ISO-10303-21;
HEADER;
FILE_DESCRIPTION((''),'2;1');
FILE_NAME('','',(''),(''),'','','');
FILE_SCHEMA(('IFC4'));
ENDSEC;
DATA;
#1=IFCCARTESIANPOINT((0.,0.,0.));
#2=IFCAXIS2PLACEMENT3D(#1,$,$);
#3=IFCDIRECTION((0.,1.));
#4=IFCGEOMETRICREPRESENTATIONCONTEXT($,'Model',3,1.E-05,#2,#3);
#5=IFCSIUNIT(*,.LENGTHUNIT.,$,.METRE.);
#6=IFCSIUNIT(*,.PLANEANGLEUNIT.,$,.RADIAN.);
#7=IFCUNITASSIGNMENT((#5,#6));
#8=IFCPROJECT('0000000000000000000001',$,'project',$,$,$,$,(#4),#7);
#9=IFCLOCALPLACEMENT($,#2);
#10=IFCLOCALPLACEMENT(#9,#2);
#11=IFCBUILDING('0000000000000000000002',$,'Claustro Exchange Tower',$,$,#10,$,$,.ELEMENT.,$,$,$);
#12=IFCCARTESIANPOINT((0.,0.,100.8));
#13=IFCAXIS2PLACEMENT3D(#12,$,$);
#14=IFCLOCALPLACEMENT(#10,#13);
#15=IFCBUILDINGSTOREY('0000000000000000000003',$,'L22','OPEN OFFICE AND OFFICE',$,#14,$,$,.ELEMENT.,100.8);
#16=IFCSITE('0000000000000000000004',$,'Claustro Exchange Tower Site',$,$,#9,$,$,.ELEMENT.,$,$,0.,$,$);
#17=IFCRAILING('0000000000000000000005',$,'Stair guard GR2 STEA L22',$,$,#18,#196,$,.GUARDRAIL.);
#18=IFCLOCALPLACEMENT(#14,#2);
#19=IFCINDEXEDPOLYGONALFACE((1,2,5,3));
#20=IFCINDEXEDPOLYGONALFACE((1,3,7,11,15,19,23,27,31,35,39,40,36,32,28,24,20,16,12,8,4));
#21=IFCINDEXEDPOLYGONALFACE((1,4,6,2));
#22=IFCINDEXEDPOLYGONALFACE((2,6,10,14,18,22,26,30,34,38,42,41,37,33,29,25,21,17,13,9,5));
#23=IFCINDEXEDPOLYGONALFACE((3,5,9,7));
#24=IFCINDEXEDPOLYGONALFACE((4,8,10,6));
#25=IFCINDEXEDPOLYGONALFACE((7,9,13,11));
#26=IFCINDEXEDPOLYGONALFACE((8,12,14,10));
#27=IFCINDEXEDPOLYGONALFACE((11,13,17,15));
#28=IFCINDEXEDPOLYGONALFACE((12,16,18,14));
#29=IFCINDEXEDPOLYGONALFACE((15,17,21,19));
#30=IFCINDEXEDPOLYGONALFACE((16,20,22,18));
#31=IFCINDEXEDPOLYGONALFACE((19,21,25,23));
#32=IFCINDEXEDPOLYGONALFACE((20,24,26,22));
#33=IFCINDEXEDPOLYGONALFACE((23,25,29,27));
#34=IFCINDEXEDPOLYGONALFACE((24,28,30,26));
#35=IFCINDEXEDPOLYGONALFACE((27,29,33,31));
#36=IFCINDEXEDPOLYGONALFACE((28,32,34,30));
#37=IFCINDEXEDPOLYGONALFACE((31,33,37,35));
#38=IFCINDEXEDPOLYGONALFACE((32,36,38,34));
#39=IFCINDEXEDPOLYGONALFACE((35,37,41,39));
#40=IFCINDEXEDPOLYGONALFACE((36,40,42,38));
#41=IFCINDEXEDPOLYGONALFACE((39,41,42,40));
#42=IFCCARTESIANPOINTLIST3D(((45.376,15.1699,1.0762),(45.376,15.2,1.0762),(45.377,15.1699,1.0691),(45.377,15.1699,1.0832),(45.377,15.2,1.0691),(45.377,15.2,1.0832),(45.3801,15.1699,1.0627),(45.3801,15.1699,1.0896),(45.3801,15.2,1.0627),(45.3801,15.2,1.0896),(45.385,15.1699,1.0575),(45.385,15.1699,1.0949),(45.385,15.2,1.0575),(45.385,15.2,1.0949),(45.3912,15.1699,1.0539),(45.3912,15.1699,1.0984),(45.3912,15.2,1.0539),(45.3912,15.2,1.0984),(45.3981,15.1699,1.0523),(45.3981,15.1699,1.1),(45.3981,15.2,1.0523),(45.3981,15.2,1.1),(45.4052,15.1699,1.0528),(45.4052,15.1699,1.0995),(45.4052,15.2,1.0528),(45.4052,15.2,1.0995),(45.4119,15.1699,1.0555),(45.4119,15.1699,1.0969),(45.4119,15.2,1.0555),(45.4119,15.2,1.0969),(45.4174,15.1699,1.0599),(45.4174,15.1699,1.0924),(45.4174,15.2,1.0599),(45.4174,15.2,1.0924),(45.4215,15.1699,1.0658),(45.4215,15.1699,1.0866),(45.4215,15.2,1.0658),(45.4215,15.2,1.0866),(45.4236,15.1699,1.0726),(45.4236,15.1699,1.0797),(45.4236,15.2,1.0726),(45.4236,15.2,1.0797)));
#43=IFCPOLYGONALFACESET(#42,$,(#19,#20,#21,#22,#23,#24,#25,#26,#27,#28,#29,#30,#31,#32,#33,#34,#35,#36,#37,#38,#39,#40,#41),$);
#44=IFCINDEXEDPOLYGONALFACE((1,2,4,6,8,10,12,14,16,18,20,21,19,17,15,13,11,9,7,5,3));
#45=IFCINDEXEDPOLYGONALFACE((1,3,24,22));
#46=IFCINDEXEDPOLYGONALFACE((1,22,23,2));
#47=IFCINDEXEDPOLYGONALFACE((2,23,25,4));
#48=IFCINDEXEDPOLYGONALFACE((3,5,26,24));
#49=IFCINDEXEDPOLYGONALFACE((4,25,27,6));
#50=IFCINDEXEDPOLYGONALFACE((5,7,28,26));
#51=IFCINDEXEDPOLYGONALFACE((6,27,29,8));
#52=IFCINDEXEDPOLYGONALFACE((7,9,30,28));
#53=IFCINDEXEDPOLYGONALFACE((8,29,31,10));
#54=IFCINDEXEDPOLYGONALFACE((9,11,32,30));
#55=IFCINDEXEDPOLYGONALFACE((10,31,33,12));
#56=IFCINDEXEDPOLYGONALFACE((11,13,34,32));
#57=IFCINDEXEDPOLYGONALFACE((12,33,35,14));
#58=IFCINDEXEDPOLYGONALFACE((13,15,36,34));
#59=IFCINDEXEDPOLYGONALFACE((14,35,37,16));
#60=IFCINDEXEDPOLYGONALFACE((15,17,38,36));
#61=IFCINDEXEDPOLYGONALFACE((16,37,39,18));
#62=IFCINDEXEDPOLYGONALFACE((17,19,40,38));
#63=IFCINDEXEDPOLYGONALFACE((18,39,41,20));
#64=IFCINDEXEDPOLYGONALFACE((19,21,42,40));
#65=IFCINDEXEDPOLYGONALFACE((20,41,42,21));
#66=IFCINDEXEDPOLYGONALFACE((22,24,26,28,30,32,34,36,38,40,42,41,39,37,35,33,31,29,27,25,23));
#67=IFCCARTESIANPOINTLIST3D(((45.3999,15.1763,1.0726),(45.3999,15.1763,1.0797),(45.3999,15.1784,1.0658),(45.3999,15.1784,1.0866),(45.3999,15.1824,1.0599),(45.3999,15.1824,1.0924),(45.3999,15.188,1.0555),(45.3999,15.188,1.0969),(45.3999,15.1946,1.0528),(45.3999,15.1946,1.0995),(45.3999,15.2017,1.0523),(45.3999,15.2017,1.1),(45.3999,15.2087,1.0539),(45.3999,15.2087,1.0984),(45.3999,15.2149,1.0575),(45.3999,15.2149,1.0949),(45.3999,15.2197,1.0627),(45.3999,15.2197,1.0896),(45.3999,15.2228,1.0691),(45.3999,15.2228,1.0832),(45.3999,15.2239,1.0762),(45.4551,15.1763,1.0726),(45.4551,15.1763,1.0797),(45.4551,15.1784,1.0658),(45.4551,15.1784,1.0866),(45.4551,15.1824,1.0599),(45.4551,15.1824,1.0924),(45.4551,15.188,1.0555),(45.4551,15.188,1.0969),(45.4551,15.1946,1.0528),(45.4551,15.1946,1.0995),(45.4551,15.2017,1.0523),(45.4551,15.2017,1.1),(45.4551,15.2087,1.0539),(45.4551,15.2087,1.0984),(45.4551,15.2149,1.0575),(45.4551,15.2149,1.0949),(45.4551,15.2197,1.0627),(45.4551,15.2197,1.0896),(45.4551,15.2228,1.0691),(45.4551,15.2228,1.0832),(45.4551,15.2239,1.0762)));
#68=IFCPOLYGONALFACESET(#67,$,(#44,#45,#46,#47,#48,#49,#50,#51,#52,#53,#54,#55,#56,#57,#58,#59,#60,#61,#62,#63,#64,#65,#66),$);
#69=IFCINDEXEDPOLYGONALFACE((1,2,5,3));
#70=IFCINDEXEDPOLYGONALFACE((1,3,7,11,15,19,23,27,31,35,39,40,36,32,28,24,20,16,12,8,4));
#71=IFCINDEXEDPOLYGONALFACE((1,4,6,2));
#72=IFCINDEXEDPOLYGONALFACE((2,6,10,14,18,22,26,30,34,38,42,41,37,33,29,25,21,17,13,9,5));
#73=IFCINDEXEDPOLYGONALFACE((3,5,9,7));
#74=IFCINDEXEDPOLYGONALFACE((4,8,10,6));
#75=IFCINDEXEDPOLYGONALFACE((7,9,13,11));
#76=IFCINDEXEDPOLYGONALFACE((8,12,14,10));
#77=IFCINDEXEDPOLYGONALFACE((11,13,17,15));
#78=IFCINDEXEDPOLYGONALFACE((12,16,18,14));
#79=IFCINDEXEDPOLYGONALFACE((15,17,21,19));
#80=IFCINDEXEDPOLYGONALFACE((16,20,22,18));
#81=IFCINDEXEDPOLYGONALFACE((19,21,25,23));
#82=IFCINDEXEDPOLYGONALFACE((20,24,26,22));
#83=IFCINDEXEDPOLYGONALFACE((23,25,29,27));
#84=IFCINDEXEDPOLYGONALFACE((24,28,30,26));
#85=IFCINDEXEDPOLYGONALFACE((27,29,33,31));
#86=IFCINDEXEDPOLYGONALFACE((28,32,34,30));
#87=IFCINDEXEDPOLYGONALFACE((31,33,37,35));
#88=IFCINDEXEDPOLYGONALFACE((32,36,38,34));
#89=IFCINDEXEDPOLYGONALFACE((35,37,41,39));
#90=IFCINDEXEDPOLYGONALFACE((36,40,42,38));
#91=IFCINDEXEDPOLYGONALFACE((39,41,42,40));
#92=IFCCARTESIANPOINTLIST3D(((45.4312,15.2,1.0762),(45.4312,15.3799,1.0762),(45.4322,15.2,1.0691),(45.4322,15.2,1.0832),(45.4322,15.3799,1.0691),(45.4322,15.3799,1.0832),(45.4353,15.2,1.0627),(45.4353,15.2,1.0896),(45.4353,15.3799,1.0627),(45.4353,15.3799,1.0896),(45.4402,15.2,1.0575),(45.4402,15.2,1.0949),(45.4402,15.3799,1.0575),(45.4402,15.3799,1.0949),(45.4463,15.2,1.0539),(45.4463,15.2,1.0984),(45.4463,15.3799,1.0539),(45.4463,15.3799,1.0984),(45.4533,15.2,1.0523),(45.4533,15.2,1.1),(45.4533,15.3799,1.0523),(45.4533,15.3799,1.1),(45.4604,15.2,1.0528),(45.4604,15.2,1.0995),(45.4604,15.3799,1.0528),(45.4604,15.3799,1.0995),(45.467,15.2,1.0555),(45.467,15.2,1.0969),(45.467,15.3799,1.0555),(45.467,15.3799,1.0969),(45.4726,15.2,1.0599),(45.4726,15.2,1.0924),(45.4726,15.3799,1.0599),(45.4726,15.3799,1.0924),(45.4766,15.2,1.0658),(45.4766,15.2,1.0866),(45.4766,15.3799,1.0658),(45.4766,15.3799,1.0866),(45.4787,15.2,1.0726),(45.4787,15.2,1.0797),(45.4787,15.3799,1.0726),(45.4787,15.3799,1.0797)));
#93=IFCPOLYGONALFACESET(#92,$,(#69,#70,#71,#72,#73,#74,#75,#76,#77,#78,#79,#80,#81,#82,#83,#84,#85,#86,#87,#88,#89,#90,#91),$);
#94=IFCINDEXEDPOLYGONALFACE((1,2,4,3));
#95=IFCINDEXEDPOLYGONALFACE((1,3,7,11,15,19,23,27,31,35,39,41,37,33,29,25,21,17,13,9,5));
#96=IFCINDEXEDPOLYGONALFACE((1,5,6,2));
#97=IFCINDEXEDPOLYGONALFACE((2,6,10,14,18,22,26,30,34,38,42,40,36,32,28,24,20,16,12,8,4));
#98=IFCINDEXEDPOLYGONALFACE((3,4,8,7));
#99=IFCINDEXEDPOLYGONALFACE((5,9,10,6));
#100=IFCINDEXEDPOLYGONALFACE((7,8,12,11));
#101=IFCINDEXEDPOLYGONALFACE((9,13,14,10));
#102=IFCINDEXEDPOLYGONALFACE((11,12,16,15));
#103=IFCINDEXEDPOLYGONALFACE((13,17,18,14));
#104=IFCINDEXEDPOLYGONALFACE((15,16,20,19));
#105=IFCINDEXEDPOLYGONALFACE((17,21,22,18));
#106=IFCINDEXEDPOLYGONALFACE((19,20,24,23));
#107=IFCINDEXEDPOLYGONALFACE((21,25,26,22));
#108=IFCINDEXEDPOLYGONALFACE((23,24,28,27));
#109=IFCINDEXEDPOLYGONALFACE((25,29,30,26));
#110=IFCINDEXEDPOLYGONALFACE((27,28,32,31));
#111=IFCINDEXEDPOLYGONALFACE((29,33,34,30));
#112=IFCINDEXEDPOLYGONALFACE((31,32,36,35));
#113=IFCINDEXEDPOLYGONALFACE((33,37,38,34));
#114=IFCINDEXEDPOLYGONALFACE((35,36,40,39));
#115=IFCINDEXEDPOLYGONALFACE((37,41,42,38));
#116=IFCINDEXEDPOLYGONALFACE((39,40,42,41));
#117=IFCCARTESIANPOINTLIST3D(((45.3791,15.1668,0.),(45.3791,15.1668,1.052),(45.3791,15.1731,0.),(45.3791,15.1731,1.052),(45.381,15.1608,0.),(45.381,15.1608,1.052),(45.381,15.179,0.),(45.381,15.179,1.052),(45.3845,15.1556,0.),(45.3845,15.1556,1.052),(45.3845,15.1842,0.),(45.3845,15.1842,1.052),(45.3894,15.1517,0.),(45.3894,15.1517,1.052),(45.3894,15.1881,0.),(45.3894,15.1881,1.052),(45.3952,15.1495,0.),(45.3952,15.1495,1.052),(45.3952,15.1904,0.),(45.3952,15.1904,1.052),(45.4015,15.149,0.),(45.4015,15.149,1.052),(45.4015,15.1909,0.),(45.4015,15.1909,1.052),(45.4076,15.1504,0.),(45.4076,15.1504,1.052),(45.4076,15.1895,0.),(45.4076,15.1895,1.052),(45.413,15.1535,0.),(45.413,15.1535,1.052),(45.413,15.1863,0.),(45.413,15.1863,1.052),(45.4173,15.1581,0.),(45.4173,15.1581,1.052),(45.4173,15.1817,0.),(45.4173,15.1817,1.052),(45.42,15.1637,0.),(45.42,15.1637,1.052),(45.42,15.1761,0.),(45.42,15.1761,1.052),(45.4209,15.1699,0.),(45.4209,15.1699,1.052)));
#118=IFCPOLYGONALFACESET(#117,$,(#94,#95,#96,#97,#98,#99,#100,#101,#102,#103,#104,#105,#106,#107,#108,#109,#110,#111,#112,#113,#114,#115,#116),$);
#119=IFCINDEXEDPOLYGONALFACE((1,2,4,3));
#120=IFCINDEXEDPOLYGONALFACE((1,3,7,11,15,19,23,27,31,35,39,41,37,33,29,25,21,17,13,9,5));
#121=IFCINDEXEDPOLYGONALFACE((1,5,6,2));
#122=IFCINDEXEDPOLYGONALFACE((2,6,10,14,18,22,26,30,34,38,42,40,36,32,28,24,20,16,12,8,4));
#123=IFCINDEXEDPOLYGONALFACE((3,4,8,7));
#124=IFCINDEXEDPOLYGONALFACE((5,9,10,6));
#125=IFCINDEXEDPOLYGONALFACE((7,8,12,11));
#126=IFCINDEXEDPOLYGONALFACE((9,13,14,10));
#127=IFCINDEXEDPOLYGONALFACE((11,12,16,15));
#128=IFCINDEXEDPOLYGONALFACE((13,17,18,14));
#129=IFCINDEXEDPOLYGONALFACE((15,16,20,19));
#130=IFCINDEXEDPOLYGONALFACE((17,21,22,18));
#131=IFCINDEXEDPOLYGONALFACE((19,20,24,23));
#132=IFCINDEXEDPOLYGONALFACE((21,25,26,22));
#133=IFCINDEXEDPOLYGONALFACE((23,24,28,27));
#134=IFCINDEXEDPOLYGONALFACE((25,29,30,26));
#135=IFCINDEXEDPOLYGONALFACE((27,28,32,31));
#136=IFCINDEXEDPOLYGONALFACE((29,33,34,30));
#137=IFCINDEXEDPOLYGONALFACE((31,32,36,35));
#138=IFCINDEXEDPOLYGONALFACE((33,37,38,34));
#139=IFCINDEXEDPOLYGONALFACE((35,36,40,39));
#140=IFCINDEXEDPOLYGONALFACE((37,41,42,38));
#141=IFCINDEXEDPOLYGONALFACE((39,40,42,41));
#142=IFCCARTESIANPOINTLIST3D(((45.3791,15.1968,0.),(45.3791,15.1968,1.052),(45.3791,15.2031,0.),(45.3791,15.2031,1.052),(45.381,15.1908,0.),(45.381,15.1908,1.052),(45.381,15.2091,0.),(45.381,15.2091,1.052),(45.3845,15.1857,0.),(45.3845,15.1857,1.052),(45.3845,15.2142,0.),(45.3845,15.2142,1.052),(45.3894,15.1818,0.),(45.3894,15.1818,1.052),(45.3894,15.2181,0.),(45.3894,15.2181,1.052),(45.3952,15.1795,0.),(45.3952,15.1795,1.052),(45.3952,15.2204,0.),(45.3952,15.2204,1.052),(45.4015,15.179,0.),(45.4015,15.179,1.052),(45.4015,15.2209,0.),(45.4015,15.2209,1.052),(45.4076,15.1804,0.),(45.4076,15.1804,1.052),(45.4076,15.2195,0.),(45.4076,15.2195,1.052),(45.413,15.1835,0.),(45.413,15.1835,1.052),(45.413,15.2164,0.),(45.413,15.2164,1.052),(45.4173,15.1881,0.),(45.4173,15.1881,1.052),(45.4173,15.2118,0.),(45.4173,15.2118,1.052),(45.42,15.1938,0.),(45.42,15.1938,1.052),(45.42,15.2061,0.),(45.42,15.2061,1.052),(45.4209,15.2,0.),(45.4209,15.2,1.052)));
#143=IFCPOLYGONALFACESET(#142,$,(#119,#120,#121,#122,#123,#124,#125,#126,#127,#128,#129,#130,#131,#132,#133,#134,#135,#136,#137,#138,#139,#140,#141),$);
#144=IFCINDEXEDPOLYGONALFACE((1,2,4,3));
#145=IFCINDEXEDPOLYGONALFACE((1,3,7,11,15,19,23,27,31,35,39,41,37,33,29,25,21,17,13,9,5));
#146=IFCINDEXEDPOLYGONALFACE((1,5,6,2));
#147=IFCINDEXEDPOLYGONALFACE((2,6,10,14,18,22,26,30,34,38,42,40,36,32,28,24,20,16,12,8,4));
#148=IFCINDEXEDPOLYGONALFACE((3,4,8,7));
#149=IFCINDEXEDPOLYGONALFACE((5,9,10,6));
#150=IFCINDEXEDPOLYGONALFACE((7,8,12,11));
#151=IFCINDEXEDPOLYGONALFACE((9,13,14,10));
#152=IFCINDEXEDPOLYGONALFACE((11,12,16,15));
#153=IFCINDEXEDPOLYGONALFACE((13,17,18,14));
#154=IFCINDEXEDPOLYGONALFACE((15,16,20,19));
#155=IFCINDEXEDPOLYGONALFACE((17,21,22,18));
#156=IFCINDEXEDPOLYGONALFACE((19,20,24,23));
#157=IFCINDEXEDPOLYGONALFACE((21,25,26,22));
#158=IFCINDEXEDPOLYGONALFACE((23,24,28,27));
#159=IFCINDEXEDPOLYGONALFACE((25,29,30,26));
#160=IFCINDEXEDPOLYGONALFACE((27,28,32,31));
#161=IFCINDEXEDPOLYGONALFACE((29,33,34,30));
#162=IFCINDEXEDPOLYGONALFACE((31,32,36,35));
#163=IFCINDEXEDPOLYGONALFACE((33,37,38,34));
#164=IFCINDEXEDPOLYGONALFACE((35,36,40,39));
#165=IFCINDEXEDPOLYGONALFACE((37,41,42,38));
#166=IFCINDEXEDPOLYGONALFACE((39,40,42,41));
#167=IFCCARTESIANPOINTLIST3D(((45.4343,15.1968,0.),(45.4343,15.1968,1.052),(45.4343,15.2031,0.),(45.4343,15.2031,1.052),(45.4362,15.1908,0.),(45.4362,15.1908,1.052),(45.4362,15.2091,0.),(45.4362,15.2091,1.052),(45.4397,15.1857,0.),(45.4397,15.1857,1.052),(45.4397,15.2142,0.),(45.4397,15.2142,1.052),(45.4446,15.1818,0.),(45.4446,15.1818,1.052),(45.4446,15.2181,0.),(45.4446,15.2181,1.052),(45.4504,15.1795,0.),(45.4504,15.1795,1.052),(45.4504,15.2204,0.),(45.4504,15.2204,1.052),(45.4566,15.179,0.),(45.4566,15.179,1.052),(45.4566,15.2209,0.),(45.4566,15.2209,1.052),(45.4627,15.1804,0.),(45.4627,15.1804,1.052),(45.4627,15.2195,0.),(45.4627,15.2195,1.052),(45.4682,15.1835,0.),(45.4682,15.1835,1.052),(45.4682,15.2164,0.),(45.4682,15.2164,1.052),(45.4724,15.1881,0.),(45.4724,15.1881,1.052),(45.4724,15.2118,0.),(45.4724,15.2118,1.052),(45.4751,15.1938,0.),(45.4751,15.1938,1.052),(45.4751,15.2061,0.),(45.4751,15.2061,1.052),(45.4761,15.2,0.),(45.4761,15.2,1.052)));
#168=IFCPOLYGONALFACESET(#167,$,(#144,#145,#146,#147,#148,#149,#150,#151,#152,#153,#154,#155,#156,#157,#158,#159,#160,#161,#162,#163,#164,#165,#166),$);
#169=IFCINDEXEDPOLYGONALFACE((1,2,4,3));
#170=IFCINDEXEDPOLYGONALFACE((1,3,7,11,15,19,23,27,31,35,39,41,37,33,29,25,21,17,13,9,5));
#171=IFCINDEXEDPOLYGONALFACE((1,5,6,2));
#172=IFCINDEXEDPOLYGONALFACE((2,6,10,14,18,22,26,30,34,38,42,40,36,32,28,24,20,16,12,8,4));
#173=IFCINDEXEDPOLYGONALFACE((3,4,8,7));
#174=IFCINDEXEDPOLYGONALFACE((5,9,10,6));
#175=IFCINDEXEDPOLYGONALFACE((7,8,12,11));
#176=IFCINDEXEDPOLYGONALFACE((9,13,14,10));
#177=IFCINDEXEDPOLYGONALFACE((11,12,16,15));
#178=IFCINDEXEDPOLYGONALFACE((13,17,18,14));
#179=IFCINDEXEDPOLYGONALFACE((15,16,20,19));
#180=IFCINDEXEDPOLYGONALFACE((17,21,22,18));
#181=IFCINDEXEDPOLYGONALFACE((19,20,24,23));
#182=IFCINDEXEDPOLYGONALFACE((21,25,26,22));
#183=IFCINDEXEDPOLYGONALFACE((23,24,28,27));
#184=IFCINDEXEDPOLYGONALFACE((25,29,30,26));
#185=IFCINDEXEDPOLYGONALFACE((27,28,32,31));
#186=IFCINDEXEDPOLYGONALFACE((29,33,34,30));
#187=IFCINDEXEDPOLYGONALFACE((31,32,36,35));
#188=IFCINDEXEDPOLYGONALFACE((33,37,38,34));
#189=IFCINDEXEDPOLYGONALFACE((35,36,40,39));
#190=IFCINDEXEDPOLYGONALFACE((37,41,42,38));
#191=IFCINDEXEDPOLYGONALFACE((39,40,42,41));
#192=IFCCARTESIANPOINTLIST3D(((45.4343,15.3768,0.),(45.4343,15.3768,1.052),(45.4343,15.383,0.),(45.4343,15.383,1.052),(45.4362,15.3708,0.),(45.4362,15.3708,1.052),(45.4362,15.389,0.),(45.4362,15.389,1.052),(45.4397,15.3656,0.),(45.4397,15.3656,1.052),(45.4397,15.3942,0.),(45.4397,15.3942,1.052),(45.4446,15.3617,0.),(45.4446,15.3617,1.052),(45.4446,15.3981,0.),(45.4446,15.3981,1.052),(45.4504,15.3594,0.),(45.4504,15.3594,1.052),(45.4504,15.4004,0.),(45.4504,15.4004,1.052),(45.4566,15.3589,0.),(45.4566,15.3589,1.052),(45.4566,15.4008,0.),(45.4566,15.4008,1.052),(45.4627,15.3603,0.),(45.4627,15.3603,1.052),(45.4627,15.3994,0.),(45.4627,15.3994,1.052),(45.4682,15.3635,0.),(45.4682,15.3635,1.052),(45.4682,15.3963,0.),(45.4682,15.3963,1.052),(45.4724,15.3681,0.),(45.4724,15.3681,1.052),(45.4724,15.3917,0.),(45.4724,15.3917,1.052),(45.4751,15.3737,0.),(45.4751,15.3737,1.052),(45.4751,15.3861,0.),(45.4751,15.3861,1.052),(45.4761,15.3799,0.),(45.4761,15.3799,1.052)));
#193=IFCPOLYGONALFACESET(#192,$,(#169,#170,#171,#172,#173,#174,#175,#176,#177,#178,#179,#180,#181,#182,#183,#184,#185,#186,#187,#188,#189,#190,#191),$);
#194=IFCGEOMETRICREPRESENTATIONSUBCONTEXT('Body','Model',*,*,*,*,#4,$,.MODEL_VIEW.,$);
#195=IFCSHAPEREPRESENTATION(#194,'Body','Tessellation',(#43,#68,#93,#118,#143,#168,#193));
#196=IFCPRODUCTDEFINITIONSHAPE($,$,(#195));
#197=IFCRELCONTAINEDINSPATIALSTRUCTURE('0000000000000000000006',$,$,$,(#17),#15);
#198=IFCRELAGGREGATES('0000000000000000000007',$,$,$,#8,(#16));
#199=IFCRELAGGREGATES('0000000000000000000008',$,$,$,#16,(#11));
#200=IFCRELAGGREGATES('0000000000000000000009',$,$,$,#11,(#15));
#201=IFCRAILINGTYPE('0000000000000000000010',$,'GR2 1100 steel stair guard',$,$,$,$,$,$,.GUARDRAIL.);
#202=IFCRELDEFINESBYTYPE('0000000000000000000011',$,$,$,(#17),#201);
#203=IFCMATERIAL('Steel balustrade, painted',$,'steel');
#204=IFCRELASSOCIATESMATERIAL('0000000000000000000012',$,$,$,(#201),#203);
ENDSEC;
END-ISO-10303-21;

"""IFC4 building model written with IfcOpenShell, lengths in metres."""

from ifc_helpers import new_model, si_unit, direction, frame, origin, origin_2d, place, context, subcontext, project, spatial, circle, extrude, material, type_object, element, save


model = new_model("IFC4")

# Units and contexts
model_context = context("Model", 3, precision=1e-05, world=origin(), true_north=direction((0.0, 1.0)))
body_context = subcontext(model_context, "Body", "Model", "MODEL_VIEW")
ifc_project = project(units=[si_unit("LENGTHUNIT", "METRE"), si_unit("PLANEANGLEUNIT", "RADIAN")], contexts=[model_context])

# Site, building, storey
site_placement = place(None, origin())
site = spatial("IfcSite", under=ifc_project, at=site_placement, Name="Claustro Exchange Tower Site", CompositionType="ELEMENT", RefElevation=0.0)
building_placement = place(site_placement, origin())
building = spatial("IfcBuilding", under=site, at=building_placement, Name="Claustro Exchange Tower", CompositionType="ELEMENT")
storey_placement = place(building_placement, frame((0.0, 0.0, 100.8)))
storey = spatial("IfcBuildingStorey", under=building, at=storey_placement, Name="L22", Description="OPEN OFFICE AND OFFICE", CompositionType="ELEMENT", Elevation=100.8)

# Railing
ifc_material_1 = material(Name="Steel balustrade, painted", Category="steel")
railing_type_1 = type_object("IfcRailingType", Name="GR2 1100 steel stair guard", PredefinedType="GUARDRAIL", material=ifc_material_1)
railing_1_placement = place(storey_placement, frame((45.3999, 15.1699, 0.0)))
element("IfcRailing", 1, at=railing_1_placement, inside=storey, type_object=railing_type_1, Name="Stair guard GR2 STEA L22", PredefinedType="GUARDRAIL", context=body_context, shape_type="SweptSolid", body=[
    extrude(circle(Radius=0.0239, at=origin_2d()), frame((0.0, 0.0, 1.0762), z_axis=(0.0, 1.0, 0.0), x_axis=(-1.0, 0.0, 0.0)), (0.0, 0.0, 1.0), 0.03),
    extrude(circle(Radius=0.0239, at=origin_2d()), frame((0.0, 0.03, 1.0762), z_axis=(1.0, 0.0, 0.0), x_axis=(0.0, 1.0, 0.0)), (0.0, 0.0, 1.0), 0.0552),
    extrude(circle(Radius=0.0239, at=origin_2d()), frame((0.0552, 0.03, 1.0762), z_axis=(0.0, 1.0, 0.0), x_axis=(-1.0, 0.0, 0.0)), (0.0, 0.0, 1.0), 0.1799),
    extrude(circle(Radius=0.021, at=origin_2d()), origin(), (0.0, 0.0, 1.0), 1.052),
    extrude(circle(Radius=0.021, at=origin_2d()), frame((0.0, 0.03, 0.0)), (0.0, 0.0, 1.0), 1.052),
    extrude(circle(Radius=0.021, at=origin_2d()), frame((0.0552, 0.03, 0.0)), (0.0, 0.0, 1.0), 1.052),
    extrude(circle(Radius=0.021, at=origin_2d()), frame((0.0552, 0.21, 0.0)), (0.0, 0.0, 1.0), 1.052),
])

save(model, "model.ifc")
